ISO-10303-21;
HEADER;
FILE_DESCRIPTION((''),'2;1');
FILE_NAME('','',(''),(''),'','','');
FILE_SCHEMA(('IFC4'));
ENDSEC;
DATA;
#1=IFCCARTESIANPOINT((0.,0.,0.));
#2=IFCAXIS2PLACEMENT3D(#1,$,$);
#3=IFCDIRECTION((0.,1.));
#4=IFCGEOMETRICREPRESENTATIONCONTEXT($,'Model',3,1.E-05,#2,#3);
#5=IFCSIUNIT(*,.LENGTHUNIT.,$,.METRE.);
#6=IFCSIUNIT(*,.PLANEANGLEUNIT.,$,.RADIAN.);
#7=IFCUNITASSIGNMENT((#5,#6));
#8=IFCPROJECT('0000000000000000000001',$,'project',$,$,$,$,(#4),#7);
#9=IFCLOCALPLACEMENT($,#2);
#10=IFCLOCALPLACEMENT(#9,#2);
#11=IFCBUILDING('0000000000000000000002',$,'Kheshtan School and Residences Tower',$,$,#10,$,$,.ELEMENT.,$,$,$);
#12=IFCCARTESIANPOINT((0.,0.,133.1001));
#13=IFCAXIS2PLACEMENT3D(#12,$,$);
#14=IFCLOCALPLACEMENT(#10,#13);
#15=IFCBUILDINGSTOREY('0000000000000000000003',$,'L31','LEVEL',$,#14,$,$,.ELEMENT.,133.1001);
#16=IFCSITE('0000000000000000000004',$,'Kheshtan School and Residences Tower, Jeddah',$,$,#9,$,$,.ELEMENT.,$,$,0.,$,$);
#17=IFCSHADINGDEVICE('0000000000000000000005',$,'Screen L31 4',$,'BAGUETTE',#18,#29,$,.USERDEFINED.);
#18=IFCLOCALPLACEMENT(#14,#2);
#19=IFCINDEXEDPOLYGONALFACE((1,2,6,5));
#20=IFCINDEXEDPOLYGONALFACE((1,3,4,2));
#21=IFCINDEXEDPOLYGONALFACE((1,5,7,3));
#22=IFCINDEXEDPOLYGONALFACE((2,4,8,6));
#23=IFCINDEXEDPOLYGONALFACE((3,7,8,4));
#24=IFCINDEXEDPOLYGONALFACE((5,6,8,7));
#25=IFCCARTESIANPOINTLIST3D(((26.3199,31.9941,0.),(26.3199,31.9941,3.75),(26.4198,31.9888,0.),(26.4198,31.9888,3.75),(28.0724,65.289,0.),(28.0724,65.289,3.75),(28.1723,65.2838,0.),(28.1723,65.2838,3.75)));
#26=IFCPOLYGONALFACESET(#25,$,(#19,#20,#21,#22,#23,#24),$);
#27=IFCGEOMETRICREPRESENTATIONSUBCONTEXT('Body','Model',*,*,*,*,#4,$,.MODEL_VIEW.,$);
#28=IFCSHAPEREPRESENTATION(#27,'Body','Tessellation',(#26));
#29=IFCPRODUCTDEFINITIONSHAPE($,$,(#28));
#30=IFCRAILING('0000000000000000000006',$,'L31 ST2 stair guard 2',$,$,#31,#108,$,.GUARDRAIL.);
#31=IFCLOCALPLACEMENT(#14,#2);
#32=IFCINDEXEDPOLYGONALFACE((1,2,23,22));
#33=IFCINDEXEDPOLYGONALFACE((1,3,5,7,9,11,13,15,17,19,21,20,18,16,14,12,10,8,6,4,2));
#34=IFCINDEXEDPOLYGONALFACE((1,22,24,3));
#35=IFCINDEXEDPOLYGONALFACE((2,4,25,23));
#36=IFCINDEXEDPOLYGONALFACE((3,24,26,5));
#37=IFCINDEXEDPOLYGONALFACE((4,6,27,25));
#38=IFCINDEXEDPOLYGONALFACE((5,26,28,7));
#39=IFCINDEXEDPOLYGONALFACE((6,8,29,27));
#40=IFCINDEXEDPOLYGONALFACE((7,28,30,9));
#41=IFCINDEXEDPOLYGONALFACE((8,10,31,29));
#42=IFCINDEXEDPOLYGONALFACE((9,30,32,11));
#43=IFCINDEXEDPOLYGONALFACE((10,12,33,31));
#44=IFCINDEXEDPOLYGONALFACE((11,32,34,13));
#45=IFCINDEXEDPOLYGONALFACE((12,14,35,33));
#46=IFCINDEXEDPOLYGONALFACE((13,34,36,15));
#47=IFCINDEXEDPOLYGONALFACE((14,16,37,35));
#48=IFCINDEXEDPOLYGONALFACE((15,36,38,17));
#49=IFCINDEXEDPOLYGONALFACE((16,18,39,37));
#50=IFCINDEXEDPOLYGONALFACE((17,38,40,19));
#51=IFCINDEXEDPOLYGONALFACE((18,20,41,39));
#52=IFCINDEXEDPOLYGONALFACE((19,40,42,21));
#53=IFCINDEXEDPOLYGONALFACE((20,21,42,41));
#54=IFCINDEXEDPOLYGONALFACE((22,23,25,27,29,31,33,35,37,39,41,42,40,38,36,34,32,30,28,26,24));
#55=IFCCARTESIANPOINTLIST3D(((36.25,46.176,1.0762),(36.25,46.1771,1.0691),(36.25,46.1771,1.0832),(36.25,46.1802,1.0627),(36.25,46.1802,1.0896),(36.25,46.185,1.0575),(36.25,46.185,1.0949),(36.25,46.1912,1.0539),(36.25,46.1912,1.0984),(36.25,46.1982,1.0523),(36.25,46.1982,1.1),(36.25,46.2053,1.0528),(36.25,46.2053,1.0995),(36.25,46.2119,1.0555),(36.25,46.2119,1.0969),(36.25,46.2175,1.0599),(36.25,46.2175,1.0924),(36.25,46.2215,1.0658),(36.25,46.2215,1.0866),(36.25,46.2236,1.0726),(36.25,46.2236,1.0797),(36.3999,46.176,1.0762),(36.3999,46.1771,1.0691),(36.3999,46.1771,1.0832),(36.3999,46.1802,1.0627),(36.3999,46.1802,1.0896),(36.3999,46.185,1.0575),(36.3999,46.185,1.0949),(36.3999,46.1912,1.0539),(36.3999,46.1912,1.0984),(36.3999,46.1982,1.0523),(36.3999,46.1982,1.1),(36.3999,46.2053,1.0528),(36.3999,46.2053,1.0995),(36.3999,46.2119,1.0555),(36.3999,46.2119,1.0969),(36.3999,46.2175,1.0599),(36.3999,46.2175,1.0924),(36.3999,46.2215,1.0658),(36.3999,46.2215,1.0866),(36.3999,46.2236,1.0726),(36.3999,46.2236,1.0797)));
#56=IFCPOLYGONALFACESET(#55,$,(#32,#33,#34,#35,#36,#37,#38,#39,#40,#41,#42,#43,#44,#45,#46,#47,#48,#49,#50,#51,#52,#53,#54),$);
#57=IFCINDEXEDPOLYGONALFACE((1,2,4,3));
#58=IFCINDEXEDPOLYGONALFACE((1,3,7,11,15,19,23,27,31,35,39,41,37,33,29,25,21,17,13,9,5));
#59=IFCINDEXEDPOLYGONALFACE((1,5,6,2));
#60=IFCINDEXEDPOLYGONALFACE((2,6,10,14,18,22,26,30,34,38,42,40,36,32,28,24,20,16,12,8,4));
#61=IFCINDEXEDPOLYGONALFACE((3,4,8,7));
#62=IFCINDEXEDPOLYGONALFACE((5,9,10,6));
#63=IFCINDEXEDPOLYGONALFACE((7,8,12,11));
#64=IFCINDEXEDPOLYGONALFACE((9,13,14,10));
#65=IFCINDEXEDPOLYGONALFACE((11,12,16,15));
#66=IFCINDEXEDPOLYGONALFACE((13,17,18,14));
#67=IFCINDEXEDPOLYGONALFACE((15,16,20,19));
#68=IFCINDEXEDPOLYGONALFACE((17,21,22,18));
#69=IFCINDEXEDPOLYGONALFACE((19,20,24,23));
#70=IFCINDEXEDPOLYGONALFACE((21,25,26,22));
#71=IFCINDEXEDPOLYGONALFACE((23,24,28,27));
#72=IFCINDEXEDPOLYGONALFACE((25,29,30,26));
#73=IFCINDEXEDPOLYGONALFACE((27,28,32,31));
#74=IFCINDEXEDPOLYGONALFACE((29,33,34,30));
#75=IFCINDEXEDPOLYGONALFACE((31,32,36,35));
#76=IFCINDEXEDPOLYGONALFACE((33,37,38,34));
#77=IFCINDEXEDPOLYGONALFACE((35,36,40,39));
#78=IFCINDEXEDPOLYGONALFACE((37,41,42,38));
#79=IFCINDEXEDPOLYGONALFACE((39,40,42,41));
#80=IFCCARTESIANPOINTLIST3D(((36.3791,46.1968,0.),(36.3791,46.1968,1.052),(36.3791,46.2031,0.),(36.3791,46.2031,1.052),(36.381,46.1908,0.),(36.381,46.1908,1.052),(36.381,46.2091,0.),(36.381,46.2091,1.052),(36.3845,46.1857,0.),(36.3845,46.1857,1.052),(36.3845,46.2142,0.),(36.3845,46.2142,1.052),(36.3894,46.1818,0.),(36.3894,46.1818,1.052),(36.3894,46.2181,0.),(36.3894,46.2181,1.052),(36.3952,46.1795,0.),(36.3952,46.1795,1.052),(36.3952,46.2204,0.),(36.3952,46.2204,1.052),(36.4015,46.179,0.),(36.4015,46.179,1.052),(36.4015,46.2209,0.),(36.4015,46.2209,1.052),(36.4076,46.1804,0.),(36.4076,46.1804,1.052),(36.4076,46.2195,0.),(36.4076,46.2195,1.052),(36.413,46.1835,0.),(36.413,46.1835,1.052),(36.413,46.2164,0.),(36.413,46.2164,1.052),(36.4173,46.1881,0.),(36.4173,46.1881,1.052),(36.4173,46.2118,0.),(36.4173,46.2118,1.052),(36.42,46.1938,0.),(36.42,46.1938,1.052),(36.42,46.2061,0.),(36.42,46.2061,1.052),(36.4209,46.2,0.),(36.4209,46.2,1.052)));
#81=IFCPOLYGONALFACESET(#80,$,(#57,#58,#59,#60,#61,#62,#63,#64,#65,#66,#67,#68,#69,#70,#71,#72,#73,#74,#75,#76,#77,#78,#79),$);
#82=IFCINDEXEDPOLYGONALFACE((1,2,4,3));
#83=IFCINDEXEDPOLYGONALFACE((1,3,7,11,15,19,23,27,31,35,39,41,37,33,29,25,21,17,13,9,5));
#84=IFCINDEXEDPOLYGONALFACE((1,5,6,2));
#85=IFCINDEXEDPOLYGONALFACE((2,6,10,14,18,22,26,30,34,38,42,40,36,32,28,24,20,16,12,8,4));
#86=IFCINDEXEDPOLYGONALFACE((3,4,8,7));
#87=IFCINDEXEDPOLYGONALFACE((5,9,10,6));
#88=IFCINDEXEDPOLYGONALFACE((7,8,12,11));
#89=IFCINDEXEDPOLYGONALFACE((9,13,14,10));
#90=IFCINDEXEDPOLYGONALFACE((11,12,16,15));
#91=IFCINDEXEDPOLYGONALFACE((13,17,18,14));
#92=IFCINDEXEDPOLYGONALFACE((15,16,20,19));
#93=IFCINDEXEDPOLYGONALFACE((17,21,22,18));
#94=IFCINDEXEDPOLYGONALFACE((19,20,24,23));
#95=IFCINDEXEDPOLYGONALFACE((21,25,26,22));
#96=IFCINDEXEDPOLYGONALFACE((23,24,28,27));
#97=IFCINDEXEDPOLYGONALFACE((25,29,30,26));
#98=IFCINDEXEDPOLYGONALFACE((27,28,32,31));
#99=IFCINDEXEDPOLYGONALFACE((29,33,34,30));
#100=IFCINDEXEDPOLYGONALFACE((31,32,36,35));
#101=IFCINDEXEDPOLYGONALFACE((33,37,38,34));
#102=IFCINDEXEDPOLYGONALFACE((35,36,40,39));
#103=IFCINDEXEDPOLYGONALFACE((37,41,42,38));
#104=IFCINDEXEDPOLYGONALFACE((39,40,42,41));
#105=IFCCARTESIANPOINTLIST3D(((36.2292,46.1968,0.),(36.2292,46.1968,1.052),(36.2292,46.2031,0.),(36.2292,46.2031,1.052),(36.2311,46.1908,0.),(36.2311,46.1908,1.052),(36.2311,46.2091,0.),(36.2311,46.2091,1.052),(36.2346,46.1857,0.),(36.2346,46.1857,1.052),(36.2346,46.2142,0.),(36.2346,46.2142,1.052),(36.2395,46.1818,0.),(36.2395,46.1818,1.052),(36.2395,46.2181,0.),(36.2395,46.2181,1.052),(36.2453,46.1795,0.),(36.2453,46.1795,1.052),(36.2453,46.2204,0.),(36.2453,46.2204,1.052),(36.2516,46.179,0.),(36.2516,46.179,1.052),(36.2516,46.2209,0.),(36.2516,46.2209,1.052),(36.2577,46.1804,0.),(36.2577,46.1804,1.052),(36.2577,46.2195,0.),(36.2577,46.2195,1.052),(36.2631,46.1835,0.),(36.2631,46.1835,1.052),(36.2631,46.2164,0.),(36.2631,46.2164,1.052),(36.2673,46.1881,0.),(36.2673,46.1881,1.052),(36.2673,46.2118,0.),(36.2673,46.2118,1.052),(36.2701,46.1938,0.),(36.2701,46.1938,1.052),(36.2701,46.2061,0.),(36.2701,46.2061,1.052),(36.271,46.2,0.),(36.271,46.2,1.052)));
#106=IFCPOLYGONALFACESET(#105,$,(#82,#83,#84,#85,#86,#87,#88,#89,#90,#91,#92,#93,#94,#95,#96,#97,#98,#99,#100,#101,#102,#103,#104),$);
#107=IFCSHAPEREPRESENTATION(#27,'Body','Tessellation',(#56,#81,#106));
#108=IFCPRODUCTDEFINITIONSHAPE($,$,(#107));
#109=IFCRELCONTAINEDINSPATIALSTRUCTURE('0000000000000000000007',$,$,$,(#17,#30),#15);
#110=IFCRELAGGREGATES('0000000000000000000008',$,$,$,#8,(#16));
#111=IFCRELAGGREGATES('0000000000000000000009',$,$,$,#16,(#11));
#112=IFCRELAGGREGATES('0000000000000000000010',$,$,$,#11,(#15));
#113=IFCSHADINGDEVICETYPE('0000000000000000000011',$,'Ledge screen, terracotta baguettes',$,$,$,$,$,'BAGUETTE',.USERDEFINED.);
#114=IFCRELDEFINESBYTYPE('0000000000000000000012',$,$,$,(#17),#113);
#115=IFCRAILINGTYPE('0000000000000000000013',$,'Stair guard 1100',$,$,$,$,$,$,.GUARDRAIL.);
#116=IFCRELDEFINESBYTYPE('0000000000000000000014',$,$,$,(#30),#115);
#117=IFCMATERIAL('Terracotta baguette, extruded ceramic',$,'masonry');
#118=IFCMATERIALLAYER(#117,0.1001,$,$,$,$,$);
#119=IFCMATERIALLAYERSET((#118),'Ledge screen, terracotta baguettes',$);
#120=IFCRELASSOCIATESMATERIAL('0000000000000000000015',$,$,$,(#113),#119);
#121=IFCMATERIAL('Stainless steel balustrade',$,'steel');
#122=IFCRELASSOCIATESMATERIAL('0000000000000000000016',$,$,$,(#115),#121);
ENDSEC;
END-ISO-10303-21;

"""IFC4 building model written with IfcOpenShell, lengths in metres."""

from ifc_helpers import new_model, si_unit, direction, frame, origin, origin_2d, place, context, subcontext, project, spatial, rectangle, circle, extrude, material, layer, layer_set, type_object, element, save


model = new_model("IFC4")

# Units and contexts
model_context = context("Model", 3, precision=1e-05, world=origin(), true_north=direction((0.0, 1.0)))
body_context = subcontext(model_context, "Body", "Model", "MODEL_VIEW")
ifc_project = project(units=[si_unit("LENGTHUNIT", "METRE"), si_unit("PLANEANGLEUNIT", "RADIAN")], contexts=[model_context])

# Site, building, storey
site_placement = place(None, origin())
site = spatial("IfcSite", under=ifc_project, at=site_placement, Name="Kheshtan School and Residences Tower, Jeddah", CompositionType="ELEMENT", RefElevation=0.0)
building_placement = place(site_placement, origin())
building = spatial("IfcBuilding", under=site, at=building_placement, Name="Kheshtan School and Residences Tower", CompositionType="ELEMENT")
storey_placement = place(building_placement, frame((0.0, 0.0, 133.1001)))
storey = spatial("IfcBuildingStorey", under=building, at=storey_placement, Name="L31", Description="LEVEL", CompositionType="ELEMENT", Elevation=133.1001)

# Shading device
ifc_material_1 = material(Name="Terracotta baguette, extruded ceramic", Category="masonry")
ifc_layer_1 = layer(ifc_material_1, 0.1001)
ifc_layer_set_1 = layer_set([ifc_layer_1], Name="Ledge screen, terracotta baguettes")
shading_device_type = type_object("IfcShadingDeviceType", Name="Ledge screen, terracotta baguettes", ElementType="BAGUETTE", PredefinedType="USERDEFINED", material=ifc_layer_set_1)
shading_device_placement = place(storey_placement, frame((27.2461, 48.6389, 0.0), z_axis=(0.0, 0.0, 1.0), x_axis=(0.052563, 0.998618, 0.0)))
element("IfcShadingDevice", 1, at=shading_device_placement, inside=storey, type_object=shading_device_type, Name="Screen L31 4", ObjectType="BAGUETTE", PredefinedType="USERDEFINED", context=body_context, shape_type="SweptSolid", body=[
    extrude(rectangle(XDim=33.3411, YDim=0.1001, at=origin_2d()), origin(), (0.0, 0.0, 1.0), 3.75),
])

# Railing
ifc_material_2 = material(Name="Stainless steel balustrade", Category="steel")
railing_type_1 = type_object("IfcRailingType", Name="Stair guard 1100", PredefinedType="GUARDRAIL", material=ifc_material_2)
railing_1_placement = place(storey_placement, frame((36.3999, 46.2, 0.0)))
element("IfcRailing", 2, at=railing_1_placement, inside=storey, type_object=railing_type_1, Name="L31 ST2 stair guard 2", PredefinedType="GUARDRAIL", context=body_context, shape_type="SweptSolid", body=[
    extrude(circle(Radius=0.0239, at=origin_2d()), frame((0.0, 0.0, 1.0762), z_axis=(-1.0, 0.0, 0.0), x_axis=(0.0, -1.0, 0.0)), (0.0, 0.0, 1.0), 0.1499),
    extrude(circle(Radius=0.021, at=origin_2d()), origin(), (0.0, 0.0, 1.0), 1.052),
    extrude(circle(Radius=0.021, at=origin_2d()), frame((-0.1499, 0.0, 0.0)), (0.0, 0.0, 1.0), 1.052),
])

save(model, "model.ifc")
